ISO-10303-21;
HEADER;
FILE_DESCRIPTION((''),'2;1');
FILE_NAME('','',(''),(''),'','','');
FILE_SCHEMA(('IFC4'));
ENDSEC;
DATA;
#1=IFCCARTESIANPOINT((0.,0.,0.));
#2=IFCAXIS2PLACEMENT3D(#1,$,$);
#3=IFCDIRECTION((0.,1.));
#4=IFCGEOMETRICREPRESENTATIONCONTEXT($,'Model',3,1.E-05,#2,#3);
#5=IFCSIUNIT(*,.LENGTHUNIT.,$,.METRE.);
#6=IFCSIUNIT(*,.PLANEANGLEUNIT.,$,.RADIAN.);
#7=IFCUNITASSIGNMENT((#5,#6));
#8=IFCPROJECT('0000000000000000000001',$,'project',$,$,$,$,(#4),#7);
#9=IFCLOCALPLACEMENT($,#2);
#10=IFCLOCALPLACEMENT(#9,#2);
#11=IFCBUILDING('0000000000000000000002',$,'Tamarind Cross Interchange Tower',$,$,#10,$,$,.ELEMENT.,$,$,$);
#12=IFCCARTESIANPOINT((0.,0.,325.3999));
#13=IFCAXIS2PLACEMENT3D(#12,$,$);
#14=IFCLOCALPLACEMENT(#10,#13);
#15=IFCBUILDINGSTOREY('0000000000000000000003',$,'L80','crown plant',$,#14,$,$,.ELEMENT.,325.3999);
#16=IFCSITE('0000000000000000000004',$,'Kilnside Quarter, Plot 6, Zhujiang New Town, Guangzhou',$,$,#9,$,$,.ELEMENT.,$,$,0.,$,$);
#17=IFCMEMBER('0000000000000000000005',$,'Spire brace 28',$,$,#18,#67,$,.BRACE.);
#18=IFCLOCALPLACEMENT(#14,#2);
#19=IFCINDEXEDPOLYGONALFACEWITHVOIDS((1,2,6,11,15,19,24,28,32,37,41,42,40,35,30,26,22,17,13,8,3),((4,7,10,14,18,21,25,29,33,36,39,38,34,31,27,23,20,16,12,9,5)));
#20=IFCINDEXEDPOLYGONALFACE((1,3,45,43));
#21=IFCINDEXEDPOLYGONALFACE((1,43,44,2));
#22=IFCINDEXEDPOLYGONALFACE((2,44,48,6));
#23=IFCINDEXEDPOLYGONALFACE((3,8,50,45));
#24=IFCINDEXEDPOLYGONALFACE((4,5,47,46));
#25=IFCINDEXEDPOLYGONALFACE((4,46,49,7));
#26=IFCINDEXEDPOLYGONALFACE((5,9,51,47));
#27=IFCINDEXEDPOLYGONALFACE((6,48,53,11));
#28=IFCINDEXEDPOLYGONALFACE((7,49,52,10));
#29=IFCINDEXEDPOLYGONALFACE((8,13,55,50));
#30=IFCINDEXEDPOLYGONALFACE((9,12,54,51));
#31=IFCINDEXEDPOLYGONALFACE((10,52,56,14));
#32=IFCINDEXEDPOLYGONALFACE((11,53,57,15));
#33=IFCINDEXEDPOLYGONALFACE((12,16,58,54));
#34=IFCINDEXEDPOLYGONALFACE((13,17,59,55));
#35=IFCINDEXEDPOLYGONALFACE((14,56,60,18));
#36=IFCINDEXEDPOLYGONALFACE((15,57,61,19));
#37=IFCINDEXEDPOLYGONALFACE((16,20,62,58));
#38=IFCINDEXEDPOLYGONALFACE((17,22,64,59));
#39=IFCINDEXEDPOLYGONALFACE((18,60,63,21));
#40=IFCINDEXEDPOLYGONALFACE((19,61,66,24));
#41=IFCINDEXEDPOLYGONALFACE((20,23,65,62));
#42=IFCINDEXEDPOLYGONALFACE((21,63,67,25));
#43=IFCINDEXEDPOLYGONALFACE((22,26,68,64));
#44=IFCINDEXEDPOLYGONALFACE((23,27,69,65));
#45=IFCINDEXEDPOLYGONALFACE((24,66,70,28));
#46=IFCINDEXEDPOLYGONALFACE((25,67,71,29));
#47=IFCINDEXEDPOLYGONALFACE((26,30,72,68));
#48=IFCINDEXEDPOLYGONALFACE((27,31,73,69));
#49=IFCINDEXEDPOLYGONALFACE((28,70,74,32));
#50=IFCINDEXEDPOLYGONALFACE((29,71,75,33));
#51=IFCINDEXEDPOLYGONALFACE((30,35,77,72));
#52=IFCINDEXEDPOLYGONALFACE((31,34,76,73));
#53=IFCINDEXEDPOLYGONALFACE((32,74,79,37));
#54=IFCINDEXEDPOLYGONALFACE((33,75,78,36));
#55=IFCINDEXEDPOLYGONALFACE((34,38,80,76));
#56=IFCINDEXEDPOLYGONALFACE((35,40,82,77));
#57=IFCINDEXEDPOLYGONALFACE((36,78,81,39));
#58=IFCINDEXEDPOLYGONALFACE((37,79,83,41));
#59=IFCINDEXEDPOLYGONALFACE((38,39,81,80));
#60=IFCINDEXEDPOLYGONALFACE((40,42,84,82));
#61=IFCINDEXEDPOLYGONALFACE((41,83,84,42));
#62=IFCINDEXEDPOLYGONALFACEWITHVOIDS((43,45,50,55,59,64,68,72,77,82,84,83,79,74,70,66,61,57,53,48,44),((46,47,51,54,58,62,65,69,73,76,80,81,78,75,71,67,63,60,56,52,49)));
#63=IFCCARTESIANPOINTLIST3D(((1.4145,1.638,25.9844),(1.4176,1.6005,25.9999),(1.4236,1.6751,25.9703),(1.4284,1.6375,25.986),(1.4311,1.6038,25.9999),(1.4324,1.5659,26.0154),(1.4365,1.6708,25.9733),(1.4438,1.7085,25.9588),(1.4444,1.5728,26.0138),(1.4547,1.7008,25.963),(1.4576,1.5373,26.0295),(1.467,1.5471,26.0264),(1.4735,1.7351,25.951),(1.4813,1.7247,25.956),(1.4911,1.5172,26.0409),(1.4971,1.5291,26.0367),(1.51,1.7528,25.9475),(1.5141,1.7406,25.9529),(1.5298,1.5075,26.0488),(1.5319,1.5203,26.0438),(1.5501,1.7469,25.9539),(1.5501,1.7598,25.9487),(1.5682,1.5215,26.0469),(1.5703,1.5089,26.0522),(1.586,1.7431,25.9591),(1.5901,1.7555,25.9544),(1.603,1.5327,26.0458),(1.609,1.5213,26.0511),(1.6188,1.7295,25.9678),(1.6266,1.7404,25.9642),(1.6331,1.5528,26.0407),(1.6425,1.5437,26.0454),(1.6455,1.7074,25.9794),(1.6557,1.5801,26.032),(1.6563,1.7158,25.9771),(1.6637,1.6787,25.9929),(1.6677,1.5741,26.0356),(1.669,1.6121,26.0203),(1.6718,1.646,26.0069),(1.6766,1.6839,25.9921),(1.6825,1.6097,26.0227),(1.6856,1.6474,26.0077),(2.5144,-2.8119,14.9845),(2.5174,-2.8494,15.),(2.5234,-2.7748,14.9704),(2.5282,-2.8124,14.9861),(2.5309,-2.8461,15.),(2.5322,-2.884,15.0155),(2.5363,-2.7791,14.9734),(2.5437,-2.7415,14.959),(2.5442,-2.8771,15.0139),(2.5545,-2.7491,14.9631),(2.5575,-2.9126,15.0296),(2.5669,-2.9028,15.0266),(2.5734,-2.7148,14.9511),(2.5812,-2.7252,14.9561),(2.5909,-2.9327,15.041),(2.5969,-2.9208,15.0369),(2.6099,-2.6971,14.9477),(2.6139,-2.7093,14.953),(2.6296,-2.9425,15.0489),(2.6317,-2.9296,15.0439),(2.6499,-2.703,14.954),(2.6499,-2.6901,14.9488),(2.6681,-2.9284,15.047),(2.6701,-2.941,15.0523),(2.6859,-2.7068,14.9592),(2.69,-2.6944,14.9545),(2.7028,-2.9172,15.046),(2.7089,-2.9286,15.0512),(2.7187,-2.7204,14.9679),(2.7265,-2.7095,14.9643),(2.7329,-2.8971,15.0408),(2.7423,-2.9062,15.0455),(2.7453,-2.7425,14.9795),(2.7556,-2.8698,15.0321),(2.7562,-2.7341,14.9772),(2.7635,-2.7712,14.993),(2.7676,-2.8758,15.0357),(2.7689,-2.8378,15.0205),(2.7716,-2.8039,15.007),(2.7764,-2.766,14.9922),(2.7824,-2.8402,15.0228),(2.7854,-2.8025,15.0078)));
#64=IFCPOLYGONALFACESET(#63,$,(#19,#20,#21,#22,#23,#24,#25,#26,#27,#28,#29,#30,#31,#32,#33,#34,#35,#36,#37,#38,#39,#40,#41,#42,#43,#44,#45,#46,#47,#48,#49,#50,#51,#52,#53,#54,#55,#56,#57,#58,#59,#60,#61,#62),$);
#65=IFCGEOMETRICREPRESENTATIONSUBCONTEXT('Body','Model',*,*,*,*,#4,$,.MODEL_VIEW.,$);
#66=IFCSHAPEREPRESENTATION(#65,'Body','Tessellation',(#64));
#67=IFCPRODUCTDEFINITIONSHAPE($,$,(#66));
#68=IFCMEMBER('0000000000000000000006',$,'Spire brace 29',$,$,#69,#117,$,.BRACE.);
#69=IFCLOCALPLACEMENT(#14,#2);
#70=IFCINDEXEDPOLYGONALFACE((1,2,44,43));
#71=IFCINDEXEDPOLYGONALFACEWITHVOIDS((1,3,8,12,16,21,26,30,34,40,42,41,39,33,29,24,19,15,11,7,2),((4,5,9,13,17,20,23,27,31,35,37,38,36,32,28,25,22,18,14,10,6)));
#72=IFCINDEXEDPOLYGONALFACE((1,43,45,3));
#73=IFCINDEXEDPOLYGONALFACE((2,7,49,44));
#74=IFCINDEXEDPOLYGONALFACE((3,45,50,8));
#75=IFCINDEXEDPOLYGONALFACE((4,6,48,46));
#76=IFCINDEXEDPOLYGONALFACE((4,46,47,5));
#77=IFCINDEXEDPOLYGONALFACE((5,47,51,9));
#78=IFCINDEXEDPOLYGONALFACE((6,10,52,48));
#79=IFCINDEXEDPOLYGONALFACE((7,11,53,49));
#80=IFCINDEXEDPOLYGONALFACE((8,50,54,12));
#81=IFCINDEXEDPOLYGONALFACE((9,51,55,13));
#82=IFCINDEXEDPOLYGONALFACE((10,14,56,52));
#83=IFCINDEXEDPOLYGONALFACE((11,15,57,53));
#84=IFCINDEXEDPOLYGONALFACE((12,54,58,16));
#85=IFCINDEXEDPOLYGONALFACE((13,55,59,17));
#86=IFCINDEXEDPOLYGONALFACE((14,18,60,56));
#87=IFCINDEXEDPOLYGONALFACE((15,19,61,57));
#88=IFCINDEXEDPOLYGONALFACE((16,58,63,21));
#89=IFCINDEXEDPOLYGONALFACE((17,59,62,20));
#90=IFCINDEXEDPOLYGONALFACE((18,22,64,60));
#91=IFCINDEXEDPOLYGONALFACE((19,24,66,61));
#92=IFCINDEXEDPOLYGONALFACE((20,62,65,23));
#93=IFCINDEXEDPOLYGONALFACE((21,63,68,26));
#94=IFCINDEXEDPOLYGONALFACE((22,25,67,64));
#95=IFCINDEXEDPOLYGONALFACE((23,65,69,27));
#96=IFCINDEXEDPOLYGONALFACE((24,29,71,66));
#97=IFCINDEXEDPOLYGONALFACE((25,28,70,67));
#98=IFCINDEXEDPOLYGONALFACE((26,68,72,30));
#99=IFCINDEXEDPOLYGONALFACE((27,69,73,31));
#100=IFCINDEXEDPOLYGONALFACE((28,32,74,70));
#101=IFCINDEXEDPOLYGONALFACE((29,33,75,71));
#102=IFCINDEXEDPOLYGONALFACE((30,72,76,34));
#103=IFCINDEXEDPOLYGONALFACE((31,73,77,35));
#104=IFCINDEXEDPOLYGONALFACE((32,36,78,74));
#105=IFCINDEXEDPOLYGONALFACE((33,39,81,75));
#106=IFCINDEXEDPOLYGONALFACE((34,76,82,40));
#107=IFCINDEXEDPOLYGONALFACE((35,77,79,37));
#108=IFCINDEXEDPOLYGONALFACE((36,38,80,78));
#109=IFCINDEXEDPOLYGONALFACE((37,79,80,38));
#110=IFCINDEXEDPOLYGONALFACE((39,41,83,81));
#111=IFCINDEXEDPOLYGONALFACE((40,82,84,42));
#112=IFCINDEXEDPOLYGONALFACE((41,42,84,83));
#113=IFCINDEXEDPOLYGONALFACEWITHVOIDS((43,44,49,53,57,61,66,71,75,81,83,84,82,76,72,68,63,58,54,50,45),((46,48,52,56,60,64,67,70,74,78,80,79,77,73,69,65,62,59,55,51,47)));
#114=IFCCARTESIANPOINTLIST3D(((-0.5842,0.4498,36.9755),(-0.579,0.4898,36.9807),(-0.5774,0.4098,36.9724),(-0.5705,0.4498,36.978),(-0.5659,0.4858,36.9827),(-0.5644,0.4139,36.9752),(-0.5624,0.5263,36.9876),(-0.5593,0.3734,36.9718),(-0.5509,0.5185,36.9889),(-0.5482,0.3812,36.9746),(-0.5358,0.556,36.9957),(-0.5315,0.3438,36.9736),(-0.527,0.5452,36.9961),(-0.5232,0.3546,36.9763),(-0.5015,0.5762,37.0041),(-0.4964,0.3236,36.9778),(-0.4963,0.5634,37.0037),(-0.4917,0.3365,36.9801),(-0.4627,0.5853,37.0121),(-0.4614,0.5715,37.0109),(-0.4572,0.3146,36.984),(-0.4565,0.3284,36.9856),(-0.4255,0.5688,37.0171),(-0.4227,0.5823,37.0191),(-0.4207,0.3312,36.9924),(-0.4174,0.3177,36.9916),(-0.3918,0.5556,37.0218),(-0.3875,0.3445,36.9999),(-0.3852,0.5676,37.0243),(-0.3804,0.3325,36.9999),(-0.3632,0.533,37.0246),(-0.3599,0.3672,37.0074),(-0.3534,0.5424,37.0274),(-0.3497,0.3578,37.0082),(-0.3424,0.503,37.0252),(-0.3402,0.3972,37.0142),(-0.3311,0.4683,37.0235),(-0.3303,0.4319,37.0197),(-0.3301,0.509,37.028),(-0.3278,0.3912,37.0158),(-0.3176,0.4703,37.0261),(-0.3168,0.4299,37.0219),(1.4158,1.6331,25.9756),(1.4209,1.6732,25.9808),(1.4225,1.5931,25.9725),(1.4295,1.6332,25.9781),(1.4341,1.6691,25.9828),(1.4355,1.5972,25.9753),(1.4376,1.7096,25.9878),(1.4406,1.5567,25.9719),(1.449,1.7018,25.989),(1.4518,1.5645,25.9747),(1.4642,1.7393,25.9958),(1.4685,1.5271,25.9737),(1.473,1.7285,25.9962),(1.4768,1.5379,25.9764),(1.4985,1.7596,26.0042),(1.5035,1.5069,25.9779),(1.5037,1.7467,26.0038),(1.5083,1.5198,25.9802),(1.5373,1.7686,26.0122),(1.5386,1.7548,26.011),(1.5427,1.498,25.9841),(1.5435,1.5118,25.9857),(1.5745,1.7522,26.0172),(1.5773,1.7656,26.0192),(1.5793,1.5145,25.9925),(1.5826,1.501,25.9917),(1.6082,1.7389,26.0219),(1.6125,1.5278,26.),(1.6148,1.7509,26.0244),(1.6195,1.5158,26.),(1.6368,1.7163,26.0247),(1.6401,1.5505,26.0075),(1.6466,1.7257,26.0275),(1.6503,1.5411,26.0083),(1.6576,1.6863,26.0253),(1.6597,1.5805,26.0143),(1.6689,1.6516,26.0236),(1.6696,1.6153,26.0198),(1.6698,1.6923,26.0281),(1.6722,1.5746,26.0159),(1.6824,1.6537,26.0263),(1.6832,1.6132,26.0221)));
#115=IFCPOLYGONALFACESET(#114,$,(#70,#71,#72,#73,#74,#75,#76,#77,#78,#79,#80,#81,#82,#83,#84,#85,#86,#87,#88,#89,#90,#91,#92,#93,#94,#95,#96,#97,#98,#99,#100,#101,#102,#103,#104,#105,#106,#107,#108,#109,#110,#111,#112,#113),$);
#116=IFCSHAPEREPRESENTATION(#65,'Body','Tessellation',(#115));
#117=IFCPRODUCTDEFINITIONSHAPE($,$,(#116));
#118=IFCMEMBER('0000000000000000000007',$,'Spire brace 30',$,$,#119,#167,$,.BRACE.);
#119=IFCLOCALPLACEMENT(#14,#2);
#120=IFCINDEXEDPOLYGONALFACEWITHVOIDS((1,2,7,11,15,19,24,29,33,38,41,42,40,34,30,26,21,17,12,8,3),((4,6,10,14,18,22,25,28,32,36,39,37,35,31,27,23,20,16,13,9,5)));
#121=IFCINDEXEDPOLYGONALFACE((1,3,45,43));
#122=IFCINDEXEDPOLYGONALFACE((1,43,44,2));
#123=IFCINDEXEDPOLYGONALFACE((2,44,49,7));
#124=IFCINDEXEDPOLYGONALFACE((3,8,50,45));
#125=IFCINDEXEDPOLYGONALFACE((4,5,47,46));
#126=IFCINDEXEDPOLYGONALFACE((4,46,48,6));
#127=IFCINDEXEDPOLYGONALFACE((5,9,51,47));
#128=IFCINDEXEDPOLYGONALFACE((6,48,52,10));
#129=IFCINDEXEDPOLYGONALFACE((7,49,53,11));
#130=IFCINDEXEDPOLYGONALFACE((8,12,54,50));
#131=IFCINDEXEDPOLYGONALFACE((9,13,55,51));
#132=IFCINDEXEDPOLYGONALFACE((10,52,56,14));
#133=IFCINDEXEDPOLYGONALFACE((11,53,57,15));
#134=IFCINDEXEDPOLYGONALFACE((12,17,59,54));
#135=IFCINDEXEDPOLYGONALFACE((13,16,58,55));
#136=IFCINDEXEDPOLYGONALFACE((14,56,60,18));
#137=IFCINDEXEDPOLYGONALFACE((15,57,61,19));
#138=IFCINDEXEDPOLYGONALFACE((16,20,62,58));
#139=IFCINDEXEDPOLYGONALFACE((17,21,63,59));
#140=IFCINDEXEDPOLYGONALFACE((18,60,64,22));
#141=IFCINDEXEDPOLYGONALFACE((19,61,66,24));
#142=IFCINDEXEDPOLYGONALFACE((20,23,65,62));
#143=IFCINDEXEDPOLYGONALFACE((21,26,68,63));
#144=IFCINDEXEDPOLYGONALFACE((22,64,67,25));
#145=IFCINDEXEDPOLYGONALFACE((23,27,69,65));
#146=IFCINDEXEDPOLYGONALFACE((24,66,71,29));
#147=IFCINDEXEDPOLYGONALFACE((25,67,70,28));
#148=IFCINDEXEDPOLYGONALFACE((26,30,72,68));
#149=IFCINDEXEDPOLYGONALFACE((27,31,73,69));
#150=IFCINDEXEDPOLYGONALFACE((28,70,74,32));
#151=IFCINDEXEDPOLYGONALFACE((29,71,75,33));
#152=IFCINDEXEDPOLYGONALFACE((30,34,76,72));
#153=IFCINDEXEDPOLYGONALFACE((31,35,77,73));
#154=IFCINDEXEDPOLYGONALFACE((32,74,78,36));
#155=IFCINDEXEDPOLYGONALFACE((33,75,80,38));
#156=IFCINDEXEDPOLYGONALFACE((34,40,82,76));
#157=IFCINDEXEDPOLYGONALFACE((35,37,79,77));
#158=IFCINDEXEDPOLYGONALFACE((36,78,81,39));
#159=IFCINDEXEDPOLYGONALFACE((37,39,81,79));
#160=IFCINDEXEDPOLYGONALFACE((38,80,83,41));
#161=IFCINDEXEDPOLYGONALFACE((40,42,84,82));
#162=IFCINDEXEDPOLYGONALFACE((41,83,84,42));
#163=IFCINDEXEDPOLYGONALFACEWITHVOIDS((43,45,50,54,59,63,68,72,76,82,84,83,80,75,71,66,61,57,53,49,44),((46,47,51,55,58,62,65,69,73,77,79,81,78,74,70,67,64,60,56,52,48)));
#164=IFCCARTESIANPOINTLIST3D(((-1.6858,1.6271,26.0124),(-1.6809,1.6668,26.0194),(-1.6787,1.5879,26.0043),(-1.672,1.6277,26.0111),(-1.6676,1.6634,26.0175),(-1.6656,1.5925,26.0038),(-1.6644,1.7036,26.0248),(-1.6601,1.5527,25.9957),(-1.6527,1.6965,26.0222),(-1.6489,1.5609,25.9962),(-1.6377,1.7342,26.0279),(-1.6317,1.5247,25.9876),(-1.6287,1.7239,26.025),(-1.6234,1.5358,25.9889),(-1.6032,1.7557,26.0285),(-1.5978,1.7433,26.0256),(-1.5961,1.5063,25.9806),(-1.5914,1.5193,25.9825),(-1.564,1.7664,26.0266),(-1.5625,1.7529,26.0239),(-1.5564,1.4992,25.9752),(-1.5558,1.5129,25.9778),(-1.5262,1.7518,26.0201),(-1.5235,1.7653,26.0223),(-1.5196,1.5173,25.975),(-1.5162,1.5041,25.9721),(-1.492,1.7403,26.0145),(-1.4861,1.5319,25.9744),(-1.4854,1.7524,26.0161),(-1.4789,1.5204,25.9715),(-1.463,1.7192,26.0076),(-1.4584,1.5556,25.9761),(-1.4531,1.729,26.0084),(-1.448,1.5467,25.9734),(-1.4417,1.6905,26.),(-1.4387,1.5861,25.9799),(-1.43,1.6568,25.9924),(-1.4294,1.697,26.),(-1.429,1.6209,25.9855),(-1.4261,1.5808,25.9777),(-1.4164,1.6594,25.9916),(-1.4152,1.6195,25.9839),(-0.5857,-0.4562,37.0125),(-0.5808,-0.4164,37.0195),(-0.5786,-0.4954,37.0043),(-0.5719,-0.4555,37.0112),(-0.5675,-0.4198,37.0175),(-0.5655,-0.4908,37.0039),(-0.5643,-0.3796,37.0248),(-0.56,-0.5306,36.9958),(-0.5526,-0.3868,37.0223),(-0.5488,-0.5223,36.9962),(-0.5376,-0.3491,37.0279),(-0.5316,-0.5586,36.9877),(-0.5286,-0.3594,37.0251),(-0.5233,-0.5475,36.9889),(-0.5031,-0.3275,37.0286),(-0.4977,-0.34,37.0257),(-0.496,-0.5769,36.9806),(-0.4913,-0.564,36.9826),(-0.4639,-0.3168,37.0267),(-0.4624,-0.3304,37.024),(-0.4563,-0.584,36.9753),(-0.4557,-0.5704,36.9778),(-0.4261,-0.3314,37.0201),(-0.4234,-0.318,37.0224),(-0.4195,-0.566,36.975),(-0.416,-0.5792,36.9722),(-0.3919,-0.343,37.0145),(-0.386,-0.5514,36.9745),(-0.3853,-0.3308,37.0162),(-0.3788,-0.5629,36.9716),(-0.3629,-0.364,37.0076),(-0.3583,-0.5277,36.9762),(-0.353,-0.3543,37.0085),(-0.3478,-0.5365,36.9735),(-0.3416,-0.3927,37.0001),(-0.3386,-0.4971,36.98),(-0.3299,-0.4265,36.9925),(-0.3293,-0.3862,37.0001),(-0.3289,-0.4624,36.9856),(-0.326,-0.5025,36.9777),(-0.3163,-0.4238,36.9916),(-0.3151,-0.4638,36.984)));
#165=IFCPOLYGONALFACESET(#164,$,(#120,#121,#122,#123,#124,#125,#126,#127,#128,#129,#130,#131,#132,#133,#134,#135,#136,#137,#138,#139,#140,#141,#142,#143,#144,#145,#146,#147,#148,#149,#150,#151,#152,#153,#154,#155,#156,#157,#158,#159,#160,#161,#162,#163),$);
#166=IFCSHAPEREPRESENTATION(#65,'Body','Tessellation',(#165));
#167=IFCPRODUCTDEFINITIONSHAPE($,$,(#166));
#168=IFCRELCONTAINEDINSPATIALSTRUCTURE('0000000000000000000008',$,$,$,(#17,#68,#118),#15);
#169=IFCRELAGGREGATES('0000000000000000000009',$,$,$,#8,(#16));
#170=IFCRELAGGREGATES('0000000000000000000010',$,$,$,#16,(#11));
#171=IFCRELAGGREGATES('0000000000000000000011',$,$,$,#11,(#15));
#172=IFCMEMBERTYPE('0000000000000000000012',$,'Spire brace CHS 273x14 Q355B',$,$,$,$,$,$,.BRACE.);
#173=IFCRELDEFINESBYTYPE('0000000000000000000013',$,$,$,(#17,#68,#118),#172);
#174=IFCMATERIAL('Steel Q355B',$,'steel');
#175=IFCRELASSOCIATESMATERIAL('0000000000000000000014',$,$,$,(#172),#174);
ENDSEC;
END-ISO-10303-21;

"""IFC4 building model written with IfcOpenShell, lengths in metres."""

from ifc_helpers import new_model, si_unit, direction, frame, origin, origin_2d, place, context, subcontext, project, spatial, hollow_circle, extrude, material, material_profile, profile_set, type_object, element, save


model = new_model("IFC4")

# Units and contexts
model_context = context("Model", 3, precision=1e-05, world=origin(), true_north=direction((0.0, 1.0)))
body_context = subcontext(model_context, "Body", "Model", "MODEL_VIEW")
ifc_project = project(units=[si_unit("LENGTHUNIT", "METRE"), si_unit("PLANEANGLEUNIT", "RADIAN")], contexts=[model_context])

# Site, building, storey
site_placement = place(None, origin())
site = spatial("IfcSite", under=ifc_project, at=site_placement, Name="Kilnside Quarter, Plot 6, Zhujiang New Town, Guangzhou", CompositionType="ELEMENT", RefElevation=0.0)
building_placement = place(site_placement, origin())
building = spatial("IfcBuilding", under=site, at=building_placement, Name="Tamarind Cross Interchange Tower", CompositionType="ELEMENT")
storey_placement = place(building_placement, frame((0.0, 0.0, 325.3999)))
storey = spatial("IfcBuildingStorey", under=building, at=storey_placement, Name="L80", Description="crown plant", CompositionType="ELEMENT", Elevation=325.3999)

# Members
ifc_material_1 = material(Name="Steel Q355B", Category="steel")
ifc_material_profile_1 = material_profile(ifc_material_1, hollow_circle(Radius=0.1365, WallThickness=0.0139, at=origin_2d()), Name="CHS 273x14")
ifc_profile_set_1 = profile_set([ifc_material_profile_1], Name="Steel Q355B")
member_type_1 = type_object("IfcMemberType", Name="Spire brace CHS 273x14 Q355B", PredefinedType="BRACE", material=ifc_profile_set_1)
member_1_placement = place(storey_placement, frame((2.6499, -2.8167, 15.0), z_axis=(-0.092294, 0.373416, 0.923061), x_axis=(-0.970788, -0.239941, 0.0)))
element("IfcMember", 1, at=member_1_placement, inside=storey, type_object=member_type_1, Name="Spire brace 28", PredefinedType="BRACE", context=body_context, shape_type="SweptSolid", body=[
    extrude(hollow_circle(Radius=0.1365, WallThickness=0.0139, at=origin_2d()), origin(), (0.0, 0.0, 1.0), 11.9167),
])
member_2_placement = place(storey_placement, frame((1.55, 1.6333, 26.0), z_axis=(-0.177892, -0.105254, 0.978405), x_axis=(0.509218, -0.860638, 0.0)))
element("IfcMember", 2, at=member_2_placement, inside=storey, type_object=member_type_1, Name="Spire brace 29", PredefinedType="BRACE", context=body_context, shape_type="SweptSolid", body=[
    extrude(hollow_circle(Radius=0.1365, WallThickness=0.0139, at=origin_2d()), origin(), (0.0, 0.0, 1.0), 11.2427),
])
member_3_placement = place(storey_placement, frame((-1.55, 1.6333, 26.0), z_axis=(0.097791, -0.185187, 0.977825), x_axis=(0.884279, 0.466959, 0.0)))
element("IfcMember", 3, at=member_3_placement, inside=storey, type_object=member_type_1, Name="Spire brace 30", PredefinedType="BRACE", context=body_context, shape_type="SweptSolid", body=[
    extrude(hollow_circle(Radius=0.1365, WallThickness=0.0139, at=origin_2d()), origin(), (0.0, 0.0, 1.0), 11.2495),
])

save(model, "model.ifc")
